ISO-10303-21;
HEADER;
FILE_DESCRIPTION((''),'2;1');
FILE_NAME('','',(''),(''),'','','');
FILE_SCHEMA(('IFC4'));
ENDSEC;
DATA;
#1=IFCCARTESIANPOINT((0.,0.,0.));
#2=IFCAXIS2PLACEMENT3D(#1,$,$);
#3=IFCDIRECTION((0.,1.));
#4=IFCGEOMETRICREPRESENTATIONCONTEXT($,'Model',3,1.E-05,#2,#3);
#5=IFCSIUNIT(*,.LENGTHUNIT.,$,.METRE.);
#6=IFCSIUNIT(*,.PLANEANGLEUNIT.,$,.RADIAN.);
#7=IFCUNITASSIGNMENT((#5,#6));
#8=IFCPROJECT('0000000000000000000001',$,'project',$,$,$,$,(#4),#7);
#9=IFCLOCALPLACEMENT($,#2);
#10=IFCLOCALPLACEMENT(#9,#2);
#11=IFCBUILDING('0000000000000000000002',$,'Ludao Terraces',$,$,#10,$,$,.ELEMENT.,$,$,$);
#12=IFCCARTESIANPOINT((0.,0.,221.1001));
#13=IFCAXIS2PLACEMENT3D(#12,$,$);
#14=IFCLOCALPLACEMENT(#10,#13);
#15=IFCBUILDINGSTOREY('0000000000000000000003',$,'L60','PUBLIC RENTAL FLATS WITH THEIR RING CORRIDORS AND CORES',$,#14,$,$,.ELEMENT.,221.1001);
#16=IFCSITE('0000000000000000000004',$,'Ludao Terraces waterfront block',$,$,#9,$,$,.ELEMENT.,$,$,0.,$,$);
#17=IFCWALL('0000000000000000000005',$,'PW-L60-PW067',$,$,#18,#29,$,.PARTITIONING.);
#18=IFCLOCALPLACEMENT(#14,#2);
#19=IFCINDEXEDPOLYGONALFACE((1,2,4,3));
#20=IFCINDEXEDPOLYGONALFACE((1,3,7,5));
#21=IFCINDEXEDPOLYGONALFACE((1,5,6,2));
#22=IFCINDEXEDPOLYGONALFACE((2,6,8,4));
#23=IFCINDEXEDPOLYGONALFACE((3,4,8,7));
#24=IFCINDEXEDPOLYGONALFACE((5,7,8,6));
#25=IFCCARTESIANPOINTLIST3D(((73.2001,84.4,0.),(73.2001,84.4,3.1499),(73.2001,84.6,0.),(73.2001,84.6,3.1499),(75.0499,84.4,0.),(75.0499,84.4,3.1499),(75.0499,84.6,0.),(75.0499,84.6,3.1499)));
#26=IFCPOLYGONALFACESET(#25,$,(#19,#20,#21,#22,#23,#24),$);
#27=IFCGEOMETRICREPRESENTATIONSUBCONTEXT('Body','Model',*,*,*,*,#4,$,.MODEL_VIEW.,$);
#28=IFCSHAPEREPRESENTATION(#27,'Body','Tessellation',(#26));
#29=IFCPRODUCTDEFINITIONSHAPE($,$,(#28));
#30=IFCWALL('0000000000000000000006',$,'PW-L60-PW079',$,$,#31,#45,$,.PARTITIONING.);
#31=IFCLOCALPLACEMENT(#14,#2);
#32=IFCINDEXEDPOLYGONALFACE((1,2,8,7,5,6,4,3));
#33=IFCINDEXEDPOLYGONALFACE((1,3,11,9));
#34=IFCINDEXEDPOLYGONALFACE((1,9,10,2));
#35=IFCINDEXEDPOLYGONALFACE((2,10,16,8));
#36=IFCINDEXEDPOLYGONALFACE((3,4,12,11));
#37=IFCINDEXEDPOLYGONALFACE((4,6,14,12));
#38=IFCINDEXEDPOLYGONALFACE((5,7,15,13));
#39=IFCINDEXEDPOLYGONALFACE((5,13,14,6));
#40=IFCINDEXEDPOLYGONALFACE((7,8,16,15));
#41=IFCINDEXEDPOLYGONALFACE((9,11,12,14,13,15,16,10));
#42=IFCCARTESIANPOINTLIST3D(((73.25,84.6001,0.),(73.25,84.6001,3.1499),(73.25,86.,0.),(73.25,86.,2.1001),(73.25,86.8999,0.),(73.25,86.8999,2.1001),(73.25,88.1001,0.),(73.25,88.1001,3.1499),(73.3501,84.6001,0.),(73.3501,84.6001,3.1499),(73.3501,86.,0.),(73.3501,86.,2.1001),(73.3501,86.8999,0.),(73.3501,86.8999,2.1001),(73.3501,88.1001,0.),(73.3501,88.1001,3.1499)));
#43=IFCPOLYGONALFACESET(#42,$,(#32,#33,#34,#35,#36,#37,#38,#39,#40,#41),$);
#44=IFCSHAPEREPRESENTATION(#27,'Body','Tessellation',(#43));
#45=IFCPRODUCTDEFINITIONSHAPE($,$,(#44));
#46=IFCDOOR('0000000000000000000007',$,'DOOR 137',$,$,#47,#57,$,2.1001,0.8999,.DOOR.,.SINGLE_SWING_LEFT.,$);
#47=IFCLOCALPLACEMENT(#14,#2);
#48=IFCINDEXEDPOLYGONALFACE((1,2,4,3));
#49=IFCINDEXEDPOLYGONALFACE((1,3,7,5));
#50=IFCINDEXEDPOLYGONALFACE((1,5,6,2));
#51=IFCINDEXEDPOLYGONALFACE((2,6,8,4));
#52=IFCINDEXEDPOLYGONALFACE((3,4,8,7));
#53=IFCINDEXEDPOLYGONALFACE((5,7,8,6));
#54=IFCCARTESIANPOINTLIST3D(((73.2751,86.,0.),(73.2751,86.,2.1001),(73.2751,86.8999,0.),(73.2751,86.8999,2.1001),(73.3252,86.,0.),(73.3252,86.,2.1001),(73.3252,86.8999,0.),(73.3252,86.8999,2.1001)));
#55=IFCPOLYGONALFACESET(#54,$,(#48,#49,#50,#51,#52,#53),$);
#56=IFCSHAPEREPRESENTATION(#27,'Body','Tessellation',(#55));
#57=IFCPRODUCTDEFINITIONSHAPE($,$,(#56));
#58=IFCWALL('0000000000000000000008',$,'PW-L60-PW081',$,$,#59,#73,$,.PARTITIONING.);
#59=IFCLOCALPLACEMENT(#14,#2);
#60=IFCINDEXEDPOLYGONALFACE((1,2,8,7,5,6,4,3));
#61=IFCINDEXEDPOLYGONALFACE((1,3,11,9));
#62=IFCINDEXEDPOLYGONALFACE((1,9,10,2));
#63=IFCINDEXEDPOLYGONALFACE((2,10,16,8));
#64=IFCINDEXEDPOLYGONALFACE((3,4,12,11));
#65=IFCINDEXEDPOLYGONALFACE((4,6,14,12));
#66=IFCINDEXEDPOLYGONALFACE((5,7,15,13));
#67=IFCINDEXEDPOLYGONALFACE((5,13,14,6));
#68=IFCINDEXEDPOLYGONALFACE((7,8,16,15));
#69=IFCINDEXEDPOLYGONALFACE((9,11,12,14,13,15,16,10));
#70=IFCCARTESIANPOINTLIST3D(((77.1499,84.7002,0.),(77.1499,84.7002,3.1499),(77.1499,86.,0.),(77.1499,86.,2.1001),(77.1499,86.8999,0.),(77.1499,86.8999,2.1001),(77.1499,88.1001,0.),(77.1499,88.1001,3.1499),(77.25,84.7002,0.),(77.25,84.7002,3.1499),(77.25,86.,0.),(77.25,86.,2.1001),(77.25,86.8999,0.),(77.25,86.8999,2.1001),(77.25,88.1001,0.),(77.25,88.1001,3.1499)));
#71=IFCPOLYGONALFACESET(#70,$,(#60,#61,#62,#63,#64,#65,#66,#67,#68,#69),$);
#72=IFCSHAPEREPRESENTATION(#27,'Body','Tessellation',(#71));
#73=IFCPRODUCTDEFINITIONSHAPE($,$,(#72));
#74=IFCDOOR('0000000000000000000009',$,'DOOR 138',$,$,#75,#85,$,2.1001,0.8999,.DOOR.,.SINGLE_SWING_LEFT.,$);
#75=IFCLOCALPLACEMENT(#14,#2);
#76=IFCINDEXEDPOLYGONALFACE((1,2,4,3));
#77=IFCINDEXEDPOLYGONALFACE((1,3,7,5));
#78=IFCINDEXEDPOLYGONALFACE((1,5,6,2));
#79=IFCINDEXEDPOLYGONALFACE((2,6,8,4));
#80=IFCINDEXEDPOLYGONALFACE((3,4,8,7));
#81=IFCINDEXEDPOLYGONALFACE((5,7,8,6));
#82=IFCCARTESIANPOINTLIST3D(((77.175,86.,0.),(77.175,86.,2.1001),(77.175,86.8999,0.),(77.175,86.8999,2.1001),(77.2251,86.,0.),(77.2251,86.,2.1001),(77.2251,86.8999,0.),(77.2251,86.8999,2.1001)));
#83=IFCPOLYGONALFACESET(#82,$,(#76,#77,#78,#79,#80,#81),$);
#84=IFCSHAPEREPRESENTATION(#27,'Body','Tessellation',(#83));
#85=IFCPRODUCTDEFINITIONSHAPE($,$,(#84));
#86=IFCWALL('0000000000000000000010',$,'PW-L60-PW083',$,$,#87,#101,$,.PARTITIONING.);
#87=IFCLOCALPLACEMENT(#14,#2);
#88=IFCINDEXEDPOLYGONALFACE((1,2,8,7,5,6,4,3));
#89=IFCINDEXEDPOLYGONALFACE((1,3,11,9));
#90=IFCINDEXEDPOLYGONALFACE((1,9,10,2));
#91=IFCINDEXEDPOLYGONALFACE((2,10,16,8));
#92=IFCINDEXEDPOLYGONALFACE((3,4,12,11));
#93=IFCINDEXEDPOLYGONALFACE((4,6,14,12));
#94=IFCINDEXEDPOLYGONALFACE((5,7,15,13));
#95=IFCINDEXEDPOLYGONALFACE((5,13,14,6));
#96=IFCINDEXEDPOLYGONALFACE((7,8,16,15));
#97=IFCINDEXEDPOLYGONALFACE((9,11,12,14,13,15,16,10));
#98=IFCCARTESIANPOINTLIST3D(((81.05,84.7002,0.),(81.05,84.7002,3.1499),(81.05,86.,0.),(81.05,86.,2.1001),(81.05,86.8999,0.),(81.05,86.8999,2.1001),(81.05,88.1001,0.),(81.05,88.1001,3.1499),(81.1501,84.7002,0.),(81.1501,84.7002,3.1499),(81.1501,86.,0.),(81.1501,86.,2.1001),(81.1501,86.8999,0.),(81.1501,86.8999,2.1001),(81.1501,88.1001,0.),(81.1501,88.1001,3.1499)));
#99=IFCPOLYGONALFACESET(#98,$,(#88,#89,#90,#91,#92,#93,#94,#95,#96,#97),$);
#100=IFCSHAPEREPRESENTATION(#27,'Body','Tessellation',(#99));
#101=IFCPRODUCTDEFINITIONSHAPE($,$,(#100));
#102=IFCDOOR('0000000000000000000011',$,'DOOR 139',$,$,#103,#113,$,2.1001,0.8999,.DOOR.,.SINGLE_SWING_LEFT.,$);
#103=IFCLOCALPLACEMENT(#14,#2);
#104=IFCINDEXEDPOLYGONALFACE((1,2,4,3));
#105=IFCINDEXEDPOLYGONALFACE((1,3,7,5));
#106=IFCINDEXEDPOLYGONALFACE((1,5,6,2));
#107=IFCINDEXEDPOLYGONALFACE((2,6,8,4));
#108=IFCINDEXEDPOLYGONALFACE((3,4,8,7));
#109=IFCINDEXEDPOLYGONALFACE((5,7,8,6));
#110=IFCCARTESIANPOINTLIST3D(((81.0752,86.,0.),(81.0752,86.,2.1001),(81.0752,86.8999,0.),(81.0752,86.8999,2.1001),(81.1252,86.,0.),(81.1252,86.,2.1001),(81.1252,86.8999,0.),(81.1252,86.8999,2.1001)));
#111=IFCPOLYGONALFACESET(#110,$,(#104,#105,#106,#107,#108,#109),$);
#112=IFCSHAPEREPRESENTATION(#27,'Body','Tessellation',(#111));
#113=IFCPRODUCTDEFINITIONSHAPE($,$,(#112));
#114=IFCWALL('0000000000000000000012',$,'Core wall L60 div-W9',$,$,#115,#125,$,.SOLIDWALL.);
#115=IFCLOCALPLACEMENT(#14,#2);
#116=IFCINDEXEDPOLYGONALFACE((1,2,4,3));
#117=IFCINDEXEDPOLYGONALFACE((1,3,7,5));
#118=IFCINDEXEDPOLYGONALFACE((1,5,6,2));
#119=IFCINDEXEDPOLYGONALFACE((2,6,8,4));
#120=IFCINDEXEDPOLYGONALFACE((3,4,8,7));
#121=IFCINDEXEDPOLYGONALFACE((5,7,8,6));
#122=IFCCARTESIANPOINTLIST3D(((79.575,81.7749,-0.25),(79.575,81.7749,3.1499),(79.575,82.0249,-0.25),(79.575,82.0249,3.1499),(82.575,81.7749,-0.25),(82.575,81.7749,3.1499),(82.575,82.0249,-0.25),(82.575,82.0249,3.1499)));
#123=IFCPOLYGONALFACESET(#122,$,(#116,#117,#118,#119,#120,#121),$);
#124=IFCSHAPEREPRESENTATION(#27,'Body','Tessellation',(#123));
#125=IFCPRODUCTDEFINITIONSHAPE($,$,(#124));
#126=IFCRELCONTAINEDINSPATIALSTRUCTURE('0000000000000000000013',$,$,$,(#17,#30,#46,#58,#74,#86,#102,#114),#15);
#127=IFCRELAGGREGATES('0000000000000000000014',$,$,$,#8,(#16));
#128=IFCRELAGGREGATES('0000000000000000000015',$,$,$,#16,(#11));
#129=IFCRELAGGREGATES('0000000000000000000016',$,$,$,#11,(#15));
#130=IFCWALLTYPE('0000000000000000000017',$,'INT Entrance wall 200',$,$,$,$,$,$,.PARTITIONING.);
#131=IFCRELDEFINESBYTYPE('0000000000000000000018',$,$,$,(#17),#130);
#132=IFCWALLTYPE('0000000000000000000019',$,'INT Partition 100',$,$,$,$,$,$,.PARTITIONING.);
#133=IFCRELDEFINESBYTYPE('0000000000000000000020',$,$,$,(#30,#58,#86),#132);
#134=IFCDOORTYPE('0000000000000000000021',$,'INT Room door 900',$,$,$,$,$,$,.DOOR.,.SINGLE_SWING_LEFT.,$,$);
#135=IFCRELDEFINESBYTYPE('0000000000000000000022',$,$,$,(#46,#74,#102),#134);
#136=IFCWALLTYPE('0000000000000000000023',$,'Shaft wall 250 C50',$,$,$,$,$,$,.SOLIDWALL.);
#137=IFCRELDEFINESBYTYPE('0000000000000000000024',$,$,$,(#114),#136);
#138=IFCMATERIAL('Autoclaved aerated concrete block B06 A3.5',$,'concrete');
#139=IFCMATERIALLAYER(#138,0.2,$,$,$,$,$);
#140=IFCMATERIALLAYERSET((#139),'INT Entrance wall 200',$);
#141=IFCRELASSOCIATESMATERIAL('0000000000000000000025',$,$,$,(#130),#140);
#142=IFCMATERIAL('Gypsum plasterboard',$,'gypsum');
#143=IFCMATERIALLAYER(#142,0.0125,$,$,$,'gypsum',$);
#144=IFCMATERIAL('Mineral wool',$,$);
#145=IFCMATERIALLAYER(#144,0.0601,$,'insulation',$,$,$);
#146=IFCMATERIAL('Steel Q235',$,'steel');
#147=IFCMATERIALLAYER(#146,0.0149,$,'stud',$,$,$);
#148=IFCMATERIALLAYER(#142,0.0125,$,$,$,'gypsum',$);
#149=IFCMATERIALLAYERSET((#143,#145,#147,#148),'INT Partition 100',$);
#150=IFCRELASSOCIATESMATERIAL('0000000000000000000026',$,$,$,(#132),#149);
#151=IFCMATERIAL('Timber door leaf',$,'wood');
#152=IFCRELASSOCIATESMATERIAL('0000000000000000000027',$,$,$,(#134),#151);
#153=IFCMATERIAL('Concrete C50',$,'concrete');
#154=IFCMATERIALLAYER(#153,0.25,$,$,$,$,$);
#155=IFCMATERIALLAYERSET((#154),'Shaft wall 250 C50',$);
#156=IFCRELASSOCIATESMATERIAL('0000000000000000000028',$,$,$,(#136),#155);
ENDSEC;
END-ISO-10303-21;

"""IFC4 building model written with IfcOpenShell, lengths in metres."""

from ifc_helpers import new_model, si_unit, direction, frame, frame_2d, origin, place, context, subcontext, project, spatial, rectangle, extrude, material, layer, layer_set, type_object, element, fill, save


model = new_model("IFC4")

# Units and contexts
model_context = context("Model", 3, precision=1e-05, world=origin(), true_north=direction((0.0, 1.0)))
body_context = subcontext(model_context, "Body", "Model", "MODEL_VIEW")
ifc_project = project(units=[si_unit("LENGTHUNIT", "METRE"), si_unit("PLANEANGLEUNIT", "RADIAN")], contexts=[model_context])

# Site, building, storey
site_placement = place(None, origin())
site = spatial("IfcSite", under=ifc_project, at=site_placement, Name="Ludao Terraces waterfront block", CompositionType="ELEMENT", RefElevation=0.0)
building_placement = place(site_placement, origin())
building = spatial("IfcBuilding", under=site, at=building_placement, Name="Ludao Terraces", CompositionType="ELEMENT")
storey_placement = place(building_placement, frame((0.0, 0.0, 221.1001)))
storey = spatial("IfcBuildingStorey", under=building, at=storey_placement, Name="L60", Description="PUBLIC RENTAL FLATS WITH THEIR RING CORRIDORS AND CORES", CompositionType="ELEMENT", Elevation=221.1001)

# Shared definitions
ifc_material_1 = material(Name="Concrete C50", Category="concrete")

# Shared definitions
ifc_material_2 = material(Name="Mineral wool")

# Wall
ifc_material_3 = material(Name="Autoclaved aerated concrete block B06 A3.5", Category="concrete")
ifc_layer_1 = layer(ifc_material_3, 0.2)
ifc_layer_set_1 = layer_set([ifc_layer_1], Name="INT Entrance wall 200")
wall_type_1 = type_object("IfcWallType", Name="INT Entrance wall 200", PredefinedType="PARTITIONING", material=ifc_layer_set_1)
wall_1_placement = place(storey_placement, frame((73.2002, 84.5, 0.0), z_axis=(0.0, 0.0, 1.0), x_axis=(1.0, 0.0, 0.0)))
element("IfcWall", 1, at=wall_1_placement, inside=storey, type_object=wall_type_1, Name="PW-L60-PW067", PredefinedType="PARTITIONING", context=body_context, shape_type="SweptSolid", body=[
    extrude(rectangle(XDim=1.8499, YDim=0.2, at=frame_2d((0.9248, 0.0))), origin(), (0.0, 0.0, 1.0), 3.1499),
])

# Walls, openings, doors
ifc_material_4 = material(Name="Gypsum plasterboard", Category="gypsum")
ifc_layer_2 = layer(ifc_material_4, 0.0125, Category="gypsum")
ifc_layer_3 = layer(ifc_material_2, 0.0601, Name="insulation")
ifc_material_5 = material(Name="Steel Q235", Category="steel")
ifc_layer_4 = layer(ifc_material_5, 0.0149, Name="stud")
ifc_layer_5 = layer(ifc_material_4, 0.0125, Category="gypsum")
ifc_layer_set_2 = layer_set([ifc_layer_2, ifc_layer_3, ifc_layer_4, ifc_layer_5], Name="INT Partition 100")
wall_type_2 = type_object("IfcWallType", Name="INT Partition 100", PredefinedType="PARTITIONING", material=ifc_layer_set_2)
wall_2_placement = place(storey_placement, frame((73.3, 84.6001, 0.0), z_axis=(0.0, 0.0, 1.0), x_axis=(0.0, 1.0, 0.0)))
wall_2 = element("IfcWall", 2, at=wall_2_placement, inside=storey, type_object=wall_type_2, Name="PW-L60-PW079", PredefinedType="PARTITIONING", context=body_context, shape_type="SweptSolid", body=[
    extrude(rectangle(XDim=3.5, YDim=0.1001, at=frame_2d((1.75, 0.0))), origin(), (0.0, 0.0, 1.0), 3.1499),
])
opening_1_placement = place(wall_2_placement, frame((1.3999, 0.0, 0.0)))
opening_1 = element("IfcOpeningElement", 3, at=opening_1_placement, cuts=wall_2, PredefinedType="OPENING", context=body_context, shape_type="SweptSolid", body=[
    extrude(rectangle(XDim=0.8999, YDim=2.1001, at=frame_2d((0.45, 1.05))), frame((0.0, 0.0601, 0.0), z_axis=(0.0, -1.0, 0.0), x_axis=(1.0, 0.0, 0.0)), (0.0, 0.0, 1.0), 0.1201),
])
ifc_material_6 = material(Name="Timber door leaf", Category="wood")
door_type = type_object("IfcDoorType", Name="INT Room door 900", OperationType="SINGLE_SWING_LEFT", PredefinedType="DOOR", material=ifc_material_6)
door_1_placement = place(opening_1_placement, origin())
door_1 = element("IfcDoor", 4, at=door_1_placement, inside=storey, type_object=door_type, Name="DOOR 137", OperationType="SINGLE_SWING_LEFT", OverallHeight=2.1001, OverallWidth=0.8999, PredefinedType="DOOR", context=body_context, shape_type="SweptSolid", body=[
    extrude(rectangle(XDim=0.8999, YDim=2.1001, at=frame_2d((0.45, 1.05))), frame((0.0, 0.0249, 0.0), z_axis=(0.0, -1.0, 0.0), x_axis=(1.0, 0.0, 0.0)), (0.0, 0.0, 1.0), 0.05),
])
fill(opening_1, door_1)
wall_3_placement = place(storey_placement, frame((77.2, 84.7002, 0.0), z_axis=(0.0, 0.0, 1.0), x_axis=(0.0, 1.0, 0.0)))
wall_3 = element("IfcWall", 5, at=wall_3_placement, inside=storey, type_object=wall_type_2, Name="PW-L60-PW081", PredefinedType="PARTITIONING", context=body_context, shape_type="SweptSolid", body=[
    extrude(rectangle(XDim=3.3999, YDim=0.1001, at=frame_2d((1.7, 0.0))), origin(), (0.0, 0.0, 1.0), 3.1499),
])
opening_2_placement = place(wall_3_placement, frame((1.2998, 0.0, 0.0)))
opening_2 = element("IfcOpeningElement", 6, at=opening_2_placement, cuts=wall_3, PredefinedType="OPENING", context=body_context, shape_type="SweptSolid", body=[
    extrude(rectangle(XDim=0.8999, YDim=2.1001, at=frame_2d((0.45, 1.05))), frame((0.0, 0.0601, 0.0), z_axis=(0.0, -1.0, 0.0), x_axis=(1.0, 0.0, 0.0)), (0.0, 0.0, 1.0), 0.1201),
])
door_2_placement = place(opening_2_placement, origin())
door_2 = element("IfcDoor", 7, at=door_2_placement, inside=storey, type_object=door_type, Name="DOOR 138", OperationType="SINGLE_SWING_LEFT", OverallHeight=2.1001, OverallWidth=0.8999, PredefinedType="DOOR", context=body_context, shape_type="SweptSolid", body=[
    extrude(rectangle(XDim=0.8999, YDim=2.1001, at=frame_2d((0.45, 1.05))), frame((0.0, 0.0249, 0.0), z_axis=(0.0, -1.0, 0.0), x_axis=(1.0, 0.0, 0.0)), (0.0, 0.0, 1.0), 0.05),
])
fill(opening_2, door_2)
wall_4_placement = place(storey_placement, frame((81.1001, 84.7002, 0.0), z_axis=(0.0, 0.0, 1.0), x_axis=(0.0, 1.0, 0.0)))
wall_4 = element("IfcWall", 8, at=wall_4_placement, inside=storey, type_object=wall_type_2, Name="PW-L60-PW083", PredefinedType="PARTITIONING", context=body_context, shape_type="SweptSolid", body=[
    extrude(rectangle(XDim=3.3999, YDim=0.1001, at=frame_2d((1.7, 0.0))), origin(), (0.0, 0.0, 1.0), 3.1499),
])
opening_3_placement = place(wall_4_placement, frame((1.2998, 0.0, 0.0)))
opening_3 = element("IfcOpeningElement", 9, at=opening_3_placement, cuts=wall_4, PredefinedType="OPENING", context=body_context, shape_type="SweptSolid", body=[
    extrude(rectangle(XDim=0.8999, YDim=2.1001, at=frame_2d((0.45, 1.05))), frame((0.0, 0.0601, 0.0), z_axis=(0.0, -1.0, 0.0), x_axis=(1.0, 0.0, 0.0)), (0.0, 0.0, 1.0), 0.1201),
])
door_3_placement = place(opening_3_placement, origin())
door_3 = element("IfcDoor", 10, at=door_3_placement, inside=storey, type_object=door_type, Name="DOOR 139", OperationType="SINGLE_SWING_LEFT", OverallHeight=2.1001, OverallWidth=0.8999, PredefinedType="DOOR", context=body_context, shape_type="SweptSolid", body=[
    extrude(rectangle(XDim=0.8999, YDim=2.1001, at=frame_2d((0.45, 1.05))), frame((0.0, 0.0249, 0.0), z_axis=(0.0, -1.0, 0.0), x_axis=(1.0, 0.0, 0.0)), (0.0, 0.0, 1.0), 0.05),
])
fill(opening_3, door_3)

# Wall
ifc_layer_6 = layer(ifc_material_1, 0.25)
ifc_layer_set_3 = layer_set([ifc_layer_6], Name="Shaft wall 250 C50")
wall_type_3 = type_object("IfcWallType", Name="Shaft wall 250 C50", PredefinedType="SOLIDWALL", material=ifc_layer_set_3)
wall_5_placement = place(storey_placement, frame((79.575, 81.8999, -0.25), z_axis=(0.0, 0.0, 1.0), x_axis=(1.0, 0.0, 0.0)))
element("IfcWall", 11, at=wall_5_placement, inside=storey, type_object=wall_type_3, Name="Core wall L60 div-W9", PredefinedType="SOLIDWALL", context=body_context, shape_type="SweptSolid", body=[
    extrude(rectangle(XDim=3.0, YDim=0.25, at=frame_2d((1.5, 0.0))), origin(), (0.0, 0.0, 1.0), 3.3999),
])

save(model, "model.ifc")
